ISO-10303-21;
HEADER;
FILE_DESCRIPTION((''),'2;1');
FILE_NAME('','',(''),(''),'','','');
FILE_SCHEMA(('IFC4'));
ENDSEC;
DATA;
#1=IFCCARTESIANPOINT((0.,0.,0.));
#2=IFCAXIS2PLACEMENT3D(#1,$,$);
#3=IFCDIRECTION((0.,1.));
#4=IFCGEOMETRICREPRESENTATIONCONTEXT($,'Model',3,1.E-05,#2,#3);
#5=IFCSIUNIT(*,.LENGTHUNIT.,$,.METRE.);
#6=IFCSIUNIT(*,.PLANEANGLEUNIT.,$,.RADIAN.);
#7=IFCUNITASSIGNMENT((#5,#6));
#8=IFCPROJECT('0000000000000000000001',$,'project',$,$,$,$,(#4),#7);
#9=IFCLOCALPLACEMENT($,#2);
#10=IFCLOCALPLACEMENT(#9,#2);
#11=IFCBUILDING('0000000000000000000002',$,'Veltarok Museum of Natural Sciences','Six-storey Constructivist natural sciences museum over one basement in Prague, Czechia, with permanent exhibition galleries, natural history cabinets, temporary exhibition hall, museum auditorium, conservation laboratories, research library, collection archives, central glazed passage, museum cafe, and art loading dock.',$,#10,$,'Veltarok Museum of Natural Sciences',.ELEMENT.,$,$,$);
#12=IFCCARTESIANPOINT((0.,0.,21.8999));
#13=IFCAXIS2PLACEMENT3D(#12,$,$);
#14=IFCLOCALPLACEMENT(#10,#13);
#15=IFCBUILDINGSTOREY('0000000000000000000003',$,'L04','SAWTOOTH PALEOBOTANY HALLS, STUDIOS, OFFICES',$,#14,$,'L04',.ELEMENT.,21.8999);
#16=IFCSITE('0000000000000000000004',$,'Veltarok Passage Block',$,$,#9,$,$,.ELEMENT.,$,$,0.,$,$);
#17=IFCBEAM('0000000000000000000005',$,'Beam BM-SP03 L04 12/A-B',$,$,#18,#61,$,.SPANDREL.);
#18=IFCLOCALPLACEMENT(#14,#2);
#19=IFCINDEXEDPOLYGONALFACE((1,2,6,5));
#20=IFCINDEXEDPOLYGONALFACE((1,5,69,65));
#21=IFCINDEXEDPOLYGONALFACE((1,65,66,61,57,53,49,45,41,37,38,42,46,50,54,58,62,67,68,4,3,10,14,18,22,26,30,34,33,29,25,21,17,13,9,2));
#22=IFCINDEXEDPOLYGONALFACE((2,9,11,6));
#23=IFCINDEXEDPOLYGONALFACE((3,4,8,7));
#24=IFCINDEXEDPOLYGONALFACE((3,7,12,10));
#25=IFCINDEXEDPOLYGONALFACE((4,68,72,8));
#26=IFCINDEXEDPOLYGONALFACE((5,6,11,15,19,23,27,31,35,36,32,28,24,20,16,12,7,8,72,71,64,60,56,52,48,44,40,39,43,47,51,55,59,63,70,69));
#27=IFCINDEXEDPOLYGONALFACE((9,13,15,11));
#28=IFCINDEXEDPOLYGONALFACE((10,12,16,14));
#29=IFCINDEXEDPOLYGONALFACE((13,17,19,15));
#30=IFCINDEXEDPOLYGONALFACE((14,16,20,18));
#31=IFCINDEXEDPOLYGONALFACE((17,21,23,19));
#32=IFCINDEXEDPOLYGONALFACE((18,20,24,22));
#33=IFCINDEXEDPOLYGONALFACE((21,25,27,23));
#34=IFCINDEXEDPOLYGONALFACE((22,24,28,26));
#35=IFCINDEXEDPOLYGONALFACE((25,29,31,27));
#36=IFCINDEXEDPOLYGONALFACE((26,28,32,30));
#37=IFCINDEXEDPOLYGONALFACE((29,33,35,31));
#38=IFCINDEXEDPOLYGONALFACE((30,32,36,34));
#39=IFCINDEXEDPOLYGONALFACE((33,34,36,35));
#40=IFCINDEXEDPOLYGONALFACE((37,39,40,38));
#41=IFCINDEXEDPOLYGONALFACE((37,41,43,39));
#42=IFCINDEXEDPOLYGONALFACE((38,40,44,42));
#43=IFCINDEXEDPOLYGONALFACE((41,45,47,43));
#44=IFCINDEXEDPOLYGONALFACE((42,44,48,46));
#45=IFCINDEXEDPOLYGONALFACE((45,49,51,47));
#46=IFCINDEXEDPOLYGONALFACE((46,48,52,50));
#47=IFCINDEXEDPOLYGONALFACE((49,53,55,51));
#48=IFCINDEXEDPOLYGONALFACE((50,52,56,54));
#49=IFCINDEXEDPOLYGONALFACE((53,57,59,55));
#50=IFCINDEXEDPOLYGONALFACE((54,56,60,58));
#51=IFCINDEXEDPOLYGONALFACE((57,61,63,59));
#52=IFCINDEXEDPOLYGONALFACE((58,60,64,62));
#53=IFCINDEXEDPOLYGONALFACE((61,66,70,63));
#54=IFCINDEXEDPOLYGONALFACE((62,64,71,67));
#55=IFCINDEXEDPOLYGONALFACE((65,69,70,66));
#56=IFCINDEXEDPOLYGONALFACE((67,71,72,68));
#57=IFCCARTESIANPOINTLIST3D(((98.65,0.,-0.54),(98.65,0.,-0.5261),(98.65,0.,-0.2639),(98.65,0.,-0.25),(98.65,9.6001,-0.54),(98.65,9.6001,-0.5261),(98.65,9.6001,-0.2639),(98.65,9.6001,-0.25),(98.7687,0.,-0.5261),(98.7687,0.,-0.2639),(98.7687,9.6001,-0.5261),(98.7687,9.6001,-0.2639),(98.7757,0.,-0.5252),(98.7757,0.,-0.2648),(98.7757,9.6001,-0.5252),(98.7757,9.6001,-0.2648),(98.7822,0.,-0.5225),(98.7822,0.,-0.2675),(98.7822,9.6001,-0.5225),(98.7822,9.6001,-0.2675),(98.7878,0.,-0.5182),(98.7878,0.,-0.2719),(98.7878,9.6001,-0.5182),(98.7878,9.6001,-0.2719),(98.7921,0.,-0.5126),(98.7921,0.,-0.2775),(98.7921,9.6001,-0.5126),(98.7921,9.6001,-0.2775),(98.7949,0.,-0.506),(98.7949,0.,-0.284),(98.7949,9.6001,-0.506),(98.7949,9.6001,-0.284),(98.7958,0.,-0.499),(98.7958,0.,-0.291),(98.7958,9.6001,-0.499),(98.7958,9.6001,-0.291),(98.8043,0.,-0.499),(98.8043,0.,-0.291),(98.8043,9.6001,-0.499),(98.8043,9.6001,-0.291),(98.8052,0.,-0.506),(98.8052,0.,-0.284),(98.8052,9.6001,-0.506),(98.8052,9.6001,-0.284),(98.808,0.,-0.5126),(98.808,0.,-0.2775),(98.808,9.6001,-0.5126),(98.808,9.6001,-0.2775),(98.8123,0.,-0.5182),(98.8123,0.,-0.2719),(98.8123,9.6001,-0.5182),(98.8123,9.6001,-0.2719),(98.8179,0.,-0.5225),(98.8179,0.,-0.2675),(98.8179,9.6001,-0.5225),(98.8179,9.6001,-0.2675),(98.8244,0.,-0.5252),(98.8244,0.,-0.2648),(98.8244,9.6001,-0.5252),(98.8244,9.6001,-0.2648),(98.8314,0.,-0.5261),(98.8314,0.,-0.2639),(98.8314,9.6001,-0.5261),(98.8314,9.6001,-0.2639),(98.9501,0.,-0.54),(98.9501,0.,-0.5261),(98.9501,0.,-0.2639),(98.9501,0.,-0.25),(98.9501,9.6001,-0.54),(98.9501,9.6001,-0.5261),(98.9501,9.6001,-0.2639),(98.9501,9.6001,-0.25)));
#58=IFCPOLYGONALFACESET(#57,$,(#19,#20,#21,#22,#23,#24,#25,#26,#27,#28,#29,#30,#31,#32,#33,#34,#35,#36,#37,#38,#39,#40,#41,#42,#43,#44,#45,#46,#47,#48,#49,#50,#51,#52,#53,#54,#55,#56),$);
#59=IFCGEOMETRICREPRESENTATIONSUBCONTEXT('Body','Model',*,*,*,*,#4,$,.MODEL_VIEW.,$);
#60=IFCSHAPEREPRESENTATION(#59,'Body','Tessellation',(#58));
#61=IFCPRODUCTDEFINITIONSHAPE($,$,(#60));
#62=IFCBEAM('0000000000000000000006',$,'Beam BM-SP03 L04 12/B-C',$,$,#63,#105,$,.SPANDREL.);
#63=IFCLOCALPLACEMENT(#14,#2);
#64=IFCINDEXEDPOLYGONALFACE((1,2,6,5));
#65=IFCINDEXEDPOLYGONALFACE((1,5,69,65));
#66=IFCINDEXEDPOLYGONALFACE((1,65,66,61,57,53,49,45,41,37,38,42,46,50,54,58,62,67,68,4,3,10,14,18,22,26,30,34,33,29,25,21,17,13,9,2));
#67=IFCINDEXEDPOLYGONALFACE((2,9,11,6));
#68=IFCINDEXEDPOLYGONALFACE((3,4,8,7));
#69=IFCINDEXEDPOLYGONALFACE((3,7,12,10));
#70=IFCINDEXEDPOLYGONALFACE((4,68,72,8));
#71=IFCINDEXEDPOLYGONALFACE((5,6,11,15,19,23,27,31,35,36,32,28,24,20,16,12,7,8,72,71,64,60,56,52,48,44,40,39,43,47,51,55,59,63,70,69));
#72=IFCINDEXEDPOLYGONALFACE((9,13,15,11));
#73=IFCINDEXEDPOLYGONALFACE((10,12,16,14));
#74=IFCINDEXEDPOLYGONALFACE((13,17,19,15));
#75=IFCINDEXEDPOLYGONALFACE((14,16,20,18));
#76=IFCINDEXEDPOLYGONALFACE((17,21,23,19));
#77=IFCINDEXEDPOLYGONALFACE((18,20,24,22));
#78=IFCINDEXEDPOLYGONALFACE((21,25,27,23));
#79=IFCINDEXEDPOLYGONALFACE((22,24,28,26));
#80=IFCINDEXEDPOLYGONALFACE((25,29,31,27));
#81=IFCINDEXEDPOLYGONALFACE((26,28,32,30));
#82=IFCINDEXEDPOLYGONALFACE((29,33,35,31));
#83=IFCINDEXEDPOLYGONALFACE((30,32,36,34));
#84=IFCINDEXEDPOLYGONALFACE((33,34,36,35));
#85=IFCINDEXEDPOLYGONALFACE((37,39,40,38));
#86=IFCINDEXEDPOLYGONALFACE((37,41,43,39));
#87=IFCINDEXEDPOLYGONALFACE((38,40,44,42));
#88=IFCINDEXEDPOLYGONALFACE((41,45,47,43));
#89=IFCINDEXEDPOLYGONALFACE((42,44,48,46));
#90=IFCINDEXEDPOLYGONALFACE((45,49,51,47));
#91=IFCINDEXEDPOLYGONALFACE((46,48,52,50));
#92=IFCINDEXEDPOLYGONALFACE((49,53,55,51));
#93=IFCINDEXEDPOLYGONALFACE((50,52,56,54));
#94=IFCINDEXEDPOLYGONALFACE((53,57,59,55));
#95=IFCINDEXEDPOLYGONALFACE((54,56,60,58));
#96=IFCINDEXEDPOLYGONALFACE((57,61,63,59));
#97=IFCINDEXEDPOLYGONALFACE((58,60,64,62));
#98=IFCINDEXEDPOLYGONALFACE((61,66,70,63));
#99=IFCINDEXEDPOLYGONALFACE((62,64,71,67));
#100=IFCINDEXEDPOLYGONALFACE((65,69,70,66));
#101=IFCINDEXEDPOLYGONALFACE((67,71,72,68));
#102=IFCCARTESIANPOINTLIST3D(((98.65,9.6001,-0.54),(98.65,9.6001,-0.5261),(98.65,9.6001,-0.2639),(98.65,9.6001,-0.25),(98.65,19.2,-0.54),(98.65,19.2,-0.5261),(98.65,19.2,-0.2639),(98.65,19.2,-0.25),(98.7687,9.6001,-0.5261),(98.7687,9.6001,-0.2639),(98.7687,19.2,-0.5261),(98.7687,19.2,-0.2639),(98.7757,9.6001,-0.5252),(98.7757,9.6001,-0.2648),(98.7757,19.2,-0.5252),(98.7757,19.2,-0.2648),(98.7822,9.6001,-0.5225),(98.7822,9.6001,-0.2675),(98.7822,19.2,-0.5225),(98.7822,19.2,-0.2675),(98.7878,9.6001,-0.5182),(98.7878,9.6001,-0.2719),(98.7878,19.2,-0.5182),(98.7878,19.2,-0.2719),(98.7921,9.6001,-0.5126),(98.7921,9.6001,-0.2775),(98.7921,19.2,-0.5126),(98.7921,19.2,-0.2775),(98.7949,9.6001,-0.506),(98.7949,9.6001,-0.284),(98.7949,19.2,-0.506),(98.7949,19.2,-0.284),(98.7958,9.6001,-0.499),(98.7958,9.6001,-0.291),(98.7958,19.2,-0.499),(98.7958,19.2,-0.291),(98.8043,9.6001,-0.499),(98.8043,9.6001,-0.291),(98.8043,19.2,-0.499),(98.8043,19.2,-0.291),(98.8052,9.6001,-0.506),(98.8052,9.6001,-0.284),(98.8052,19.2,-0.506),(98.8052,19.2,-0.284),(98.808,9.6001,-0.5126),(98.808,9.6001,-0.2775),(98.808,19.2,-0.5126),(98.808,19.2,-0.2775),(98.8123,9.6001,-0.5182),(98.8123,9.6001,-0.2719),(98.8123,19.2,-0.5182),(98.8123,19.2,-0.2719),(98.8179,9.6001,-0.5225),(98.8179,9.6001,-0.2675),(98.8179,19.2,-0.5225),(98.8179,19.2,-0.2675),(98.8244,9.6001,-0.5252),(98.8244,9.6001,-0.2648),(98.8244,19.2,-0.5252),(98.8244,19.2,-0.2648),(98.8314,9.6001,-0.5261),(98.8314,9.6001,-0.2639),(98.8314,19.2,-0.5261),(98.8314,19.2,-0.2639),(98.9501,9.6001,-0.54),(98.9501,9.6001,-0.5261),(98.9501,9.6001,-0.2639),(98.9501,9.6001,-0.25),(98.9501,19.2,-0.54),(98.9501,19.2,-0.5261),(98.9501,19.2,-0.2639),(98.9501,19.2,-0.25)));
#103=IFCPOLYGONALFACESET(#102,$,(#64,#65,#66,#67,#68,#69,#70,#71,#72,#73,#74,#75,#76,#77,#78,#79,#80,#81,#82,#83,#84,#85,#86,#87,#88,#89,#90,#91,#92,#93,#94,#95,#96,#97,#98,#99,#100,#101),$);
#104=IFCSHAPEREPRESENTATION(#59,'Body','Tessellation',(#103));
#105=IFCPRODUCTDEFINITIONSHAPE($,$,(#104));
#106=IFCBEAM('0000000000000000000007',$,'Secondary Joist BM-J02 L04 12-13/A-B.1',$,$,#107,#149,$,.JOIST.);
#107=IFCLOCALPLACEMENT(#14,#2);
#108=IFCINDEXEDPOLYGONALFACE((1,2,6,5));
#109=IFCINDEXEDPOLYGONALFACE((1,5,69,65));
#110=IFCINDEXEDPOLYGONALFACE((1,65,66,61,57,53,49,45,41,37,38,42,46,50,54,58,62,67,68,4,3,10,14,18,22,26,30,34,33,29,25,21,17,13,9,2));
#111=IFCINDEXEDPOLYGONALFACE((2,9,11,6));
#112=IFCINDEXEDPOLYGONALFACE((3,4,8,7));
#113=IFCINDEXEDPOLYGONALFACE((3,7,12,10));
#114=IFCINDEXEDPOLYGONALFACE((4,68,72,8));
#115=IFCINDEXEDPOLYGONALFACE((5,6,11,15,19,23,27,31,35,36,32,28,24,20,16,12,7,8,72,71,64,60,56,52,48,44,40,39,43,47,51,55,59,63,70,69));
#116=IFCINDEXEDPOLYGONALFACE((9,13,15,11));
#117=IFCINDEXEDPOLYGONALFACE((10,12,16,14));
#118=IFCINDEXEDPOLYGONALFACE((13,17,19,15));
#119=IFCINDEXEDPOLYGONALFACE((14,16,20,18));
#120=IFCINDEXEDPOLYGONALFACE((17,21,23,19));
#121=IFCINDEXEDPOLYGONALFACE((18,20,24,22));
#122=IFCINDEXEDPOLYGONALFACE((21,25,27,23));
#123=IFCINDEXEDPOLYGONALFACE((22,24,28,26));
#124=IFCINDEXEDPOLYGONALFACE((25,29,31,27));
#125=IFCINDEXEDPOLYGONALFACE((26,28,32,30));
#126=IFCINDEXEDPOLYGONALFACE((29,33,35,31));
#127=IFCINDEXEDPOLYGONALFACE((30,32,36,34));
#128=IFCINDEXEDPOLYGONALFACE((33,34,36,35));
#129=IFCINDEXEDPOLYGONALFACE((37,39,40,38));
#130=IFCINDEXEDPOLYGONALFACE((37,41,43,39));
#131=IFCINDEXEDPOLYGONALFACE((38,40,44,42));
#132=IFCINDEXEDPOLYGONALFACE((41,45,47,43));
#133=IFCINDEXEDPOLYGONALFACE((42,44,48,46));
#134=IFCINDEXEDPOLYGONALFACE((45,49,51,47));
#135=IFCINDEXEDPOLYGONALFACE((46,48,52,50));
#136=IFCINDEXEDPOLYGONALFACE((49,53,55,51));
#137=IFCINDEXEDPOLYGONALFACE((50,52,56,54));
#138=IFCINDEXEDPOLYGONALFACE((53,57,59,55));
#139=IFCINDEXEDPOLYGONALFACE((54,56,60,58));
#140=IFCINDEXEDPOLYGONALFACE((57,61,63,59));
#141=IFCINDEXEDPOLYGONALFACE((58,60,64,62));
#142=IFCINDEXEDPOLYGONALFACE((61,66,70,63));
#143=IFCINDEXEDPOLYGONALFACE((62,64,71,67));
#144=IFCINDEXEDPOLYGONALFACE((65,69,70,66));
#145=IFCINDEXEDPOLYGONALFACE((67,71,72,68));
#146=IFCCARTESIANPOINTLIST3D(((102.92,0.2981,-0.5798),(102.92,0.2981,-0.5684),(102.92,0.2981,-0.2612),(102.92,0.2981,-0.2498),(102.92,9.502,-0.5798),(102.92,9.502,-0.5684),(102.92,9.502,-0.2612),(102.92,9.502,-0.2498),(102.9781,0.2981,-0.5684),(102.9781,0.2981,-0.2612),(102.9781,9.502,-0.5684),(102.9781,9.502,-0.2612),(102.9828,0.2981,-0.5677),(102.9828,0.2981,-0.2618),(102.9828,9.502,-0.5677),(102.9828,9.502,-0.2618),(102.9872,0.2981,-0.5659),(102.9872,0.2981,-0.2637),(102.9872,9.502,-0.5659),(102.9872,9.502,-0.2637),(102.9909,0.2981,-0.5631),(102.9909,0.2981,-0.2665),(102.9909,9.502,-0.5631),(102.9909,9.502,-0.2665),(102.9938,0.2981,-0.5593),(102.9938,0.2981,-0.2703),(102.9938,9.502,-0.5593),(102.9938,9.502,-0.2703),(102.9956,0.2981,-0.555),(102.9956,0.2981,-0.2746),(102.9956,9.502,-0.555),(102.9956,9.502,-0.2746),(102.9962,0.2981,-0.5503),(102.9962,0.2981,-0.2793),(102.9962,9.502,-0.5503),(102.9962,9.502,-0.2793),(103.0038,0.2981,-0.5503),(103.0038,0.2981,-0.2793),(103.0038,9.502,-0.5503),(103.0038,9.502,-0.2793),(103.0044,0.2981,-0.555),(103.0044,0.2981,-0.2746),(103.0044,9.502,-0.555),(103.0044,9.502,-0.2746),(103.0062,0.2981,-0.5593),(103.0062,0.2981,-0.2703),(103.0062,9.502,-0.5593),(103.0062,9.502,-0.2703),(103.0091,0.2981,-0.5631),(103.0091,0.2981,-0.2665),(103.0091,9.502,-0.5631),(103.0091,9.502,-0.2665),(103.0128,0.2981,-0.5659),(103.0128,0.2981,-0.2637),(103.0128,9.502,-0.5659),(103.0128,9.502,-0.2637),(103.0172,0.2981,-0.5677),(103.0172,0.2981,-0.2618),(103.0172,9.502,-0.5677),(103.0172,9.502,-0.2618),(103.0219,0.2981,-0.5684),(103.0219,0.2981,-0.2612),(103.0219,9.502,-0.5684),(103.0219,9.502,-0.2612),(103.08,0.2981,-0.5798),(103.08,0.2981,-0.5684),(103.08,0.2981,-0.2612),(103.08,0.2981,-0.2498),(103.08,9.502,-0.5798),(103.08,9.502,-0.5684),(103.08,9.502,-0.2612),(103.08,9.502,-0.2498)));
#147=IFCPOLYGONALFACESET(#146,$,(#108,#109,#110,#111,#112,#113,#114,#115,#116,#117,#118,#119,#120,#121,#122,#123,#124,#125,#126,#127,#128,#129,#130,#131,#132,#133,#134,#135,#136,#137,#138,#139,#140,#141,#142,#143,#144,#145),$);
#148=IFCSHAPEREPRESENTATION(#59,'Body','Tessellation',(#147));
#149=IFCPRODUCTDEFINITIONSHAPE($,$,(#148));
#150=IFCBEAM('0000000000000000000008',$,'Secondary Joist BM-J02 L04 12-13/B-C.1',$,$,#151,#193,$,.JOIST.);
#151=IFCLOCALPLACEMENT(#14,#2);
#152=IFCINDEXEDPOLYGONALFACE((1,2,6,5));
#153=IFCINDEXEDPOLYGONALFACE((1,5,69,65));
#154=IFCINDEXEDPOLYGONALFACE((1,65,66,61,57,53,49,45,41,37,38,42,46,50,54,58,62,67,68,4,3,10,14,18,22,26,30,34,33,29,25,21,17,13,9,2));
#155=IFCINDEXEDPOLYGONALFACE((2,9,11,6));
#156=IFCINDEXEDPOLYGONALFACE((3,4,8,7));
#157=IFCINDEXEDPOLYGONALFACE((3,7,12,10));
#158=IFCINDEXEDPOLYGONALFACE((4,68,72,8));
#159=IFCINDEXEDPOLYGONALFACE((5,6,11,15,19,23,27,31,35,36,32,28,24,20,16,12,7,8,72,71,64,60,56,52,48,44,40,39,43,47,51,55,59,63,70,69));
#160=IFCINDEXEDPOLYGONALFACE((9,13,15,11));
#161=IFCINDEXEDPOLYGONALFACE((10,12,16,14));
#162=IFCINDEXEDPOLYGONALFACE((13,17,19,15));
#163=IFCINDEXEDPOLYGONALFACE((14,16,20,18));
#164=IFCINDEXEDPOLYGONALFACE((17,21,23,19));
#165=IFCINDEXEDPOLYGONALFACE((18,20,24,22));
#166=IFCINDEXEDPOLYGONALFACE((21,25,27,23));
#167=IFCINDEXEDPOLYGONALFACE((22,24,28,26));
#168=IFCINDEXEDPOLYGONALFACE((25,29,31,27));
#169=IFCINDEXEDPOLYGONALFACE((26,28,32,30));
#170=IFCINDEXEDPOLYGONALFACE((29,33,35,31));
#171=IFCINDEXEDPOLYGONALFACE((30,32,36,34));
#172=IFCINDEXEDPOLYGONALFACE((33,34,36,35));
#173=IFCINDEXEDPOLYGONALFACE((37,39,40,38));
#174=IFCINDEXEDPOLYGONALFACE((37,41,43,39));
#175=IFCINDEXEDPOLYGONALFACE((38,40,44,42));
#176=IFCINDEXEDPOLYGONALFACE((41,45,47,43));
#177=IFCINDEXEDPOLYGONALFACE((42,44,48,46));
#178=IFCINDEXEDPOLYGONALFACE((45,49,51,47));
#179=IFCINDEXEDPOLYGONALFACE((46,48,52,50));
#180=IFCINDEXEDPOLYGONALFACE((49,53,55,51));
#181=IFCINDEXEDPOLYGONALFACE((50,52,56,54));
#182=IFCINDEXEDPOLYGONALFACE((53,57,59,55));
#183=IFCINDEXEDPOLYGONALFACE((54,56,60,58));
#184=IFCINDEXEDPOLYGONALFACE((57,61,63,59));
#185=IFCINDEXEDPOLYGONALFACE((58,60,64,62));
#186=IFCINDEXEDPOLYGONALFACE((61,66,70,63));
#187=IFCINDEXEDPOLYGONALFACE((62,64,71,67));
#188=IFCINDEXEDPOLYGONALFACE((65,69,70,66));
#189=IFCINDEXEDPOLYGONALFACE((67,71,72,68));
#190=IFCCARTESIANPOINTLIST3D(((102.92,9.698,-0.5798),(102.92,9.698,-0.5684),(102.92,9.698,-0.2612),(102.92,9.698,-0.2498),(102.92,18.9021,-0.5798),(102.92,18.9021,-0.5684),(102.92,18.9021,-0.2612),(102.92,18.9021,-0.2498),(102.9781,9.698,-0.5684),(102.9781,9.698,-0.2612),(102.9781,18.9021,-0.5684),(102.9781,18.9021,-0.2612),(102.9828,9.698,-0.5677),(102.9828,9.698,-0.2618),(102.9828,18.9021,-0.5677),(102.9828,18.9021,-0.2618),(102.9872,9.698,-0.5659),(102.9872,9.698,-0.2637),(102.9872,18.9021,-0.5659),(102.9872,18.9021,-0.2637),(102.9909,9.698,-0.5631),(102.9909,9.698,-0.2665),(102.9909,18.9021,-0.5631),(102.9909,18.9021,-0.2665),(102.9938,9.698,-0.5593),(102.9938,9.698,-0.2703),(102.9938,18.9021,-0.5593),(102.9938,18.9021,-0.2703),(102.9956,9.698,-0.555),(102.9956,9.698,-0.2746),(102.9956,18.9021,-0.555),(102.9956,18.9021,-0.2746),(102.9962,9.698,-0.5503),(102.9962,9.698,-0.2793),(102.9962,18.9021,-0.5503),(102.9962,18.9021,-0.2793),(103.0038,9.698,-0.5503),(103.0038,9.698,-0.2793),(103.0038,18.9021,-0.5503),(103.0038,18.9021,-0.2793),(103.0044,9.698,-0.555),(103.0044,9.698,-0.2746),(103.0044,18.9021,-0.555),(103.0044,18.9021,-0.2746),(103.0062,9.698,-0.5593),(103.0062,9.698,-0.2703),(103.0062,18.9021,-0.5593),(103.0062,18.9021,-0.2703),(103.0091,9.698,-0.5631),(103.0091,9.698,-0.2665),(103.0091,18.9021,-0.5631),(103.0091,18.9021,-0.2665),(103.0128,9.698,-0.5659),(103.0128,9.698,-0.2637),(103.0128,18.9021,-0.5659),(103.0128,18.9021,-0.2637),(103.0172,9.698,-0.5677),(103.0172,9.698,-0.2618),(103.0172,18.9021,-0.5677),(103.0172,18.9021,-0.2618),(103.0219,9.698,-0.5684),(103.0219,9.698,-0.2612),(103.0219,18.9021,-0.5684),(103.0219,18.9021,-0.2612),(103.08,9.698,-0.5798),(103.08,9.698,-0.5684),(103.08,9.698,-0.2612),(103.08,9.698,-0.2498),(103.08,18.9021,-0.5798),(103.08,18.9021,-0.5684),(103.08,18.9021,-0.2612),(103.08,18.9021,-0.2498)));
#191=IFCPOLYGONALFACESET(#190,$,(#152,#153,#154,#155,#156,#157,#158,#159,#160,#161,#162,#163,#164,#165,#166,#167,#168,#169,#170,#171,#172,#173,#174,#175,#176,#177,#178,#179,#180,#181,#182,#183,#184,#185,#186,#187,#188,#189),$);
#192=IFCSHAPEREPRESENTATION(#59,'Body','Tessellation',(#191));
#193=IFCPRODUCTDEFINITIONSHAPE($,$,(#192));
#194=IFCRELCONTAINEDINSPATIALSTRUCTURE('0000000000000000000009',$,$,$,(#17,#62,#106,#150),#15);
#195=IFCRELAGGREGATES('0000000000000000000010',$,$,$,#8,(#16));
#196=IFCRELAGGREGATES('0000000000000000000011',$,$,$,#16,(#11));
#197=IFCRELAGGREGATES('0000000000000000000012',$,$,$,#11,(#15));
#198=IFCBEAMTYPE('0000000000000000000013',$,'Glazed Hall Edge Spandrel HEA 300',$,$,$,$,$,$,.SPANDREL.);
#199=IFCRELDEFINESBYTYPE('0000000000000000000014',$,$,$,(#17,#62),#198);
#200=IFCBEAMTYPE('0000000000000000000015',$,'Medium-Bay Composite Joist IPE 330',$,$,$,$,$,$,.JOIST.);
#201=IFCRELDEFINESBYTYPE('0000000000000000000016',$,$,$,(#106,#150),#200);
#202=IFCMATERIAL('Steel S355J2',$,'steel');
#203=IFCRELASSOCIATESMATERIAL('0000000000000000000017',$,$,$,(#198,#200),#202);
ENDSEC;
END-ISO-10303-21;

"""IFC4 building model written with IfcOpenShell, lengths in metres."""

from ifc_helpers import new_model, si_unit, direction, frame, origin, origin_2d, place, context, subcontext, project, spatial, i_section, extrude, material, material_profile, profile_set, type_object, element, save


model = new_model("IFC4")

# Units and contexts
model_context = context("Model", 3, precision=1e-05, world=origin(), true_north=direction((0.0, 1.0)))
body_context = subcontext(model_context, "Body", "Model", "MODEL_VIEW")
ifc_project = project(units=[si_unit("LENGTHUNIT", "METRE"), si_unit("PLANEANGLEUNIT", "RADIAN")], contexts=[model_context])

# Site, building, storey
site_placement = place(None, origin())
site = spatial("IfcSite", under=ifc_project, at=site_placement, Name="Veltarok Passage Block", CompositionType="ELEMENT", RefElevation=0.0)
building_placement = place(site_placement, origin())
building = spatial("IfcBuilding", under=site, at=building_placement, Name="Veltarok Museum of Natural Sciences", Description="Six-storey Constructivist natural sciences museum over one basement in Prague, Czechia, with permanent exhibition galleries, natural history cabinets, temporary exhibition hall, museum auditorium, conservation laboratories, research library, collection archives, central glazed passage, museum cafe, and art loading dock.", LongName="Veltarok Museum of Natural Sciences", CompositionType="ELEMENT")
storey_placement = place(building_placement, frame((0.0, 0.0, 21.8999)))
storey = spatial("IfcBuildingStorey", under=building, at=storey_placement, Name="L04", Description="SAWTOOTH PALEOBOTANY HALLS, STUDIOS, OFFICES", LongName="L04", CompositionType="ELEMENT", Elevation=21.8999)

# Shared definitions
ifc_material_1 = material(Name="Steel S355J2", Category="steel")

# Beams
ifc_material_profile_1 = material_profile(ifc_material_1, i_section(OverallWidth=0.3, OverallDepth=0.29, WebThickness=0.0085, FlangeThickness=0.0139, FilletRadius=0.0271, at=origin_2d()), Name="HEA 300")
ifc_profile_set_1 = profile_set([ifc_material_profile_1], Name="Steel S355J2")
beam_type_1 = type_object("IfcBeamType", Name="Glazed Hall Edge Spandrel HEA 300", PredefinedType="SPANDREL", material=ifc_profile_set_1)
beam_1_placement = place(storey_placement, frame((98.8, 0.0, -0.395), z_axis=(0.0, 1.0, 0.0), x_axis=(-1.0, 0.0, 0.0)))
element("IfcBeam", 1, at=beam_1_placement, inside=storey, type_object=beam_type_1, Name="Beam BM-SP03 L04 12/A-B", PredefinedType="SPANDREL", context=body_context, shape_type="SweptSolid", body=[
    extrude(i_section(OverallWidth=0.3, OverallDepth=0.29, WebThickness=0.0085, FlangeThickness=0.0139, FilletRadius=0.0271, at=origin_2d()), origin(), (0.0, 0.0, 1.0), 9.6001),
])
beam_2_placement = place(storey_placement, frame((98.8, 9.6001, -0.395), z_axis=(0.0, 1.0, 0.0), x_axis=(-1.0, 0.0, 0.0)))
element("IfcBeam", 2, at=beam_2_placement, inside=storey, type_object=beam_type_1, Name="Beam BM-SP03 L04 12/B-C", PredefinedType="SPANDREL", context=body_context, shape_type="SweptSolid", body=[
    extrude(i_section(OverallWidth=0.3, OverallDepth=0.29, WebThickness=0.0085, FlangeThickness=0.0139, FilletRadius=0.0271, at=origin_2d()), origin(), (0.0, 0.0, 1.0), 9.5999),
])
ifc_material_profile_2 = material_profile(ifc_material_1, i_section(OverallWidth=0.1599, OverallDepth=0.3301, WebThickness=0.0076, FlangeThickness=0.0115, FilletRadius=0.0181, at=origin_2d()), Name="IPE 330")
ifc_profile_set_2 = profile_set([ifc_material_profile_2], Name="Steel S355J2")
beam_type_2 = type_object("IfcBeamType", Name="Medium-Bay Composite Joist IPE 330", PredefinedType="JOIST", material=ifc_profile_set_2)
beam_3_placement = place(storey_placement, frame((103.0, 0.2981, -0.4148), z_axis=(0.0, 1.0, 0.0), x_axis=(-1.0, 0.0, 0.0)))
element("IfcBeam", 3, at=beam_3_placement, inside=storey, type_object=beam_type_2, Name="Secondary Joist BM-J02 L04 12-13/A-B.1", PredefinedType="JOIST", context=body_context, shape_type="SweptSolid", body=[
    extrude(i_section(OverallWidth=0.1599, OverallDepth=0.3301, WebThickness=0.0076, FlangeThickness=0.0115, FilletRadius=0.0181, at=origin_2d()), origin(), (0.0, 0.0, 1.0), 9.2039),
])
beam_4_placement = place(storey_placement, frame((103.0, 9.698, -0.4148), z_axis=(0.0, 1.0, 0.0), x_axis=(-1.0, 0.0, 0.0)))
element("IfcBeam", 4, at=beam_4_placement, inside=storey, type_object=beam_type_2, Name="Secondary Joist BM-J02 L04 12-13/B-C.1", PredefinedType="JOIST", context=body_context, shape_type="SweptSolid", body=[
    extrude(i_section(OverallWidth=0.1599, OverallDepth=0.3301, WebThickness=0.0076, FlangeThickness=0.0115, FilletRadius=0.0181, at=origin_2d()), origin(), (0.0, 0.0, 1.0), 9.2041),
])

save(model, "model.ifc")
